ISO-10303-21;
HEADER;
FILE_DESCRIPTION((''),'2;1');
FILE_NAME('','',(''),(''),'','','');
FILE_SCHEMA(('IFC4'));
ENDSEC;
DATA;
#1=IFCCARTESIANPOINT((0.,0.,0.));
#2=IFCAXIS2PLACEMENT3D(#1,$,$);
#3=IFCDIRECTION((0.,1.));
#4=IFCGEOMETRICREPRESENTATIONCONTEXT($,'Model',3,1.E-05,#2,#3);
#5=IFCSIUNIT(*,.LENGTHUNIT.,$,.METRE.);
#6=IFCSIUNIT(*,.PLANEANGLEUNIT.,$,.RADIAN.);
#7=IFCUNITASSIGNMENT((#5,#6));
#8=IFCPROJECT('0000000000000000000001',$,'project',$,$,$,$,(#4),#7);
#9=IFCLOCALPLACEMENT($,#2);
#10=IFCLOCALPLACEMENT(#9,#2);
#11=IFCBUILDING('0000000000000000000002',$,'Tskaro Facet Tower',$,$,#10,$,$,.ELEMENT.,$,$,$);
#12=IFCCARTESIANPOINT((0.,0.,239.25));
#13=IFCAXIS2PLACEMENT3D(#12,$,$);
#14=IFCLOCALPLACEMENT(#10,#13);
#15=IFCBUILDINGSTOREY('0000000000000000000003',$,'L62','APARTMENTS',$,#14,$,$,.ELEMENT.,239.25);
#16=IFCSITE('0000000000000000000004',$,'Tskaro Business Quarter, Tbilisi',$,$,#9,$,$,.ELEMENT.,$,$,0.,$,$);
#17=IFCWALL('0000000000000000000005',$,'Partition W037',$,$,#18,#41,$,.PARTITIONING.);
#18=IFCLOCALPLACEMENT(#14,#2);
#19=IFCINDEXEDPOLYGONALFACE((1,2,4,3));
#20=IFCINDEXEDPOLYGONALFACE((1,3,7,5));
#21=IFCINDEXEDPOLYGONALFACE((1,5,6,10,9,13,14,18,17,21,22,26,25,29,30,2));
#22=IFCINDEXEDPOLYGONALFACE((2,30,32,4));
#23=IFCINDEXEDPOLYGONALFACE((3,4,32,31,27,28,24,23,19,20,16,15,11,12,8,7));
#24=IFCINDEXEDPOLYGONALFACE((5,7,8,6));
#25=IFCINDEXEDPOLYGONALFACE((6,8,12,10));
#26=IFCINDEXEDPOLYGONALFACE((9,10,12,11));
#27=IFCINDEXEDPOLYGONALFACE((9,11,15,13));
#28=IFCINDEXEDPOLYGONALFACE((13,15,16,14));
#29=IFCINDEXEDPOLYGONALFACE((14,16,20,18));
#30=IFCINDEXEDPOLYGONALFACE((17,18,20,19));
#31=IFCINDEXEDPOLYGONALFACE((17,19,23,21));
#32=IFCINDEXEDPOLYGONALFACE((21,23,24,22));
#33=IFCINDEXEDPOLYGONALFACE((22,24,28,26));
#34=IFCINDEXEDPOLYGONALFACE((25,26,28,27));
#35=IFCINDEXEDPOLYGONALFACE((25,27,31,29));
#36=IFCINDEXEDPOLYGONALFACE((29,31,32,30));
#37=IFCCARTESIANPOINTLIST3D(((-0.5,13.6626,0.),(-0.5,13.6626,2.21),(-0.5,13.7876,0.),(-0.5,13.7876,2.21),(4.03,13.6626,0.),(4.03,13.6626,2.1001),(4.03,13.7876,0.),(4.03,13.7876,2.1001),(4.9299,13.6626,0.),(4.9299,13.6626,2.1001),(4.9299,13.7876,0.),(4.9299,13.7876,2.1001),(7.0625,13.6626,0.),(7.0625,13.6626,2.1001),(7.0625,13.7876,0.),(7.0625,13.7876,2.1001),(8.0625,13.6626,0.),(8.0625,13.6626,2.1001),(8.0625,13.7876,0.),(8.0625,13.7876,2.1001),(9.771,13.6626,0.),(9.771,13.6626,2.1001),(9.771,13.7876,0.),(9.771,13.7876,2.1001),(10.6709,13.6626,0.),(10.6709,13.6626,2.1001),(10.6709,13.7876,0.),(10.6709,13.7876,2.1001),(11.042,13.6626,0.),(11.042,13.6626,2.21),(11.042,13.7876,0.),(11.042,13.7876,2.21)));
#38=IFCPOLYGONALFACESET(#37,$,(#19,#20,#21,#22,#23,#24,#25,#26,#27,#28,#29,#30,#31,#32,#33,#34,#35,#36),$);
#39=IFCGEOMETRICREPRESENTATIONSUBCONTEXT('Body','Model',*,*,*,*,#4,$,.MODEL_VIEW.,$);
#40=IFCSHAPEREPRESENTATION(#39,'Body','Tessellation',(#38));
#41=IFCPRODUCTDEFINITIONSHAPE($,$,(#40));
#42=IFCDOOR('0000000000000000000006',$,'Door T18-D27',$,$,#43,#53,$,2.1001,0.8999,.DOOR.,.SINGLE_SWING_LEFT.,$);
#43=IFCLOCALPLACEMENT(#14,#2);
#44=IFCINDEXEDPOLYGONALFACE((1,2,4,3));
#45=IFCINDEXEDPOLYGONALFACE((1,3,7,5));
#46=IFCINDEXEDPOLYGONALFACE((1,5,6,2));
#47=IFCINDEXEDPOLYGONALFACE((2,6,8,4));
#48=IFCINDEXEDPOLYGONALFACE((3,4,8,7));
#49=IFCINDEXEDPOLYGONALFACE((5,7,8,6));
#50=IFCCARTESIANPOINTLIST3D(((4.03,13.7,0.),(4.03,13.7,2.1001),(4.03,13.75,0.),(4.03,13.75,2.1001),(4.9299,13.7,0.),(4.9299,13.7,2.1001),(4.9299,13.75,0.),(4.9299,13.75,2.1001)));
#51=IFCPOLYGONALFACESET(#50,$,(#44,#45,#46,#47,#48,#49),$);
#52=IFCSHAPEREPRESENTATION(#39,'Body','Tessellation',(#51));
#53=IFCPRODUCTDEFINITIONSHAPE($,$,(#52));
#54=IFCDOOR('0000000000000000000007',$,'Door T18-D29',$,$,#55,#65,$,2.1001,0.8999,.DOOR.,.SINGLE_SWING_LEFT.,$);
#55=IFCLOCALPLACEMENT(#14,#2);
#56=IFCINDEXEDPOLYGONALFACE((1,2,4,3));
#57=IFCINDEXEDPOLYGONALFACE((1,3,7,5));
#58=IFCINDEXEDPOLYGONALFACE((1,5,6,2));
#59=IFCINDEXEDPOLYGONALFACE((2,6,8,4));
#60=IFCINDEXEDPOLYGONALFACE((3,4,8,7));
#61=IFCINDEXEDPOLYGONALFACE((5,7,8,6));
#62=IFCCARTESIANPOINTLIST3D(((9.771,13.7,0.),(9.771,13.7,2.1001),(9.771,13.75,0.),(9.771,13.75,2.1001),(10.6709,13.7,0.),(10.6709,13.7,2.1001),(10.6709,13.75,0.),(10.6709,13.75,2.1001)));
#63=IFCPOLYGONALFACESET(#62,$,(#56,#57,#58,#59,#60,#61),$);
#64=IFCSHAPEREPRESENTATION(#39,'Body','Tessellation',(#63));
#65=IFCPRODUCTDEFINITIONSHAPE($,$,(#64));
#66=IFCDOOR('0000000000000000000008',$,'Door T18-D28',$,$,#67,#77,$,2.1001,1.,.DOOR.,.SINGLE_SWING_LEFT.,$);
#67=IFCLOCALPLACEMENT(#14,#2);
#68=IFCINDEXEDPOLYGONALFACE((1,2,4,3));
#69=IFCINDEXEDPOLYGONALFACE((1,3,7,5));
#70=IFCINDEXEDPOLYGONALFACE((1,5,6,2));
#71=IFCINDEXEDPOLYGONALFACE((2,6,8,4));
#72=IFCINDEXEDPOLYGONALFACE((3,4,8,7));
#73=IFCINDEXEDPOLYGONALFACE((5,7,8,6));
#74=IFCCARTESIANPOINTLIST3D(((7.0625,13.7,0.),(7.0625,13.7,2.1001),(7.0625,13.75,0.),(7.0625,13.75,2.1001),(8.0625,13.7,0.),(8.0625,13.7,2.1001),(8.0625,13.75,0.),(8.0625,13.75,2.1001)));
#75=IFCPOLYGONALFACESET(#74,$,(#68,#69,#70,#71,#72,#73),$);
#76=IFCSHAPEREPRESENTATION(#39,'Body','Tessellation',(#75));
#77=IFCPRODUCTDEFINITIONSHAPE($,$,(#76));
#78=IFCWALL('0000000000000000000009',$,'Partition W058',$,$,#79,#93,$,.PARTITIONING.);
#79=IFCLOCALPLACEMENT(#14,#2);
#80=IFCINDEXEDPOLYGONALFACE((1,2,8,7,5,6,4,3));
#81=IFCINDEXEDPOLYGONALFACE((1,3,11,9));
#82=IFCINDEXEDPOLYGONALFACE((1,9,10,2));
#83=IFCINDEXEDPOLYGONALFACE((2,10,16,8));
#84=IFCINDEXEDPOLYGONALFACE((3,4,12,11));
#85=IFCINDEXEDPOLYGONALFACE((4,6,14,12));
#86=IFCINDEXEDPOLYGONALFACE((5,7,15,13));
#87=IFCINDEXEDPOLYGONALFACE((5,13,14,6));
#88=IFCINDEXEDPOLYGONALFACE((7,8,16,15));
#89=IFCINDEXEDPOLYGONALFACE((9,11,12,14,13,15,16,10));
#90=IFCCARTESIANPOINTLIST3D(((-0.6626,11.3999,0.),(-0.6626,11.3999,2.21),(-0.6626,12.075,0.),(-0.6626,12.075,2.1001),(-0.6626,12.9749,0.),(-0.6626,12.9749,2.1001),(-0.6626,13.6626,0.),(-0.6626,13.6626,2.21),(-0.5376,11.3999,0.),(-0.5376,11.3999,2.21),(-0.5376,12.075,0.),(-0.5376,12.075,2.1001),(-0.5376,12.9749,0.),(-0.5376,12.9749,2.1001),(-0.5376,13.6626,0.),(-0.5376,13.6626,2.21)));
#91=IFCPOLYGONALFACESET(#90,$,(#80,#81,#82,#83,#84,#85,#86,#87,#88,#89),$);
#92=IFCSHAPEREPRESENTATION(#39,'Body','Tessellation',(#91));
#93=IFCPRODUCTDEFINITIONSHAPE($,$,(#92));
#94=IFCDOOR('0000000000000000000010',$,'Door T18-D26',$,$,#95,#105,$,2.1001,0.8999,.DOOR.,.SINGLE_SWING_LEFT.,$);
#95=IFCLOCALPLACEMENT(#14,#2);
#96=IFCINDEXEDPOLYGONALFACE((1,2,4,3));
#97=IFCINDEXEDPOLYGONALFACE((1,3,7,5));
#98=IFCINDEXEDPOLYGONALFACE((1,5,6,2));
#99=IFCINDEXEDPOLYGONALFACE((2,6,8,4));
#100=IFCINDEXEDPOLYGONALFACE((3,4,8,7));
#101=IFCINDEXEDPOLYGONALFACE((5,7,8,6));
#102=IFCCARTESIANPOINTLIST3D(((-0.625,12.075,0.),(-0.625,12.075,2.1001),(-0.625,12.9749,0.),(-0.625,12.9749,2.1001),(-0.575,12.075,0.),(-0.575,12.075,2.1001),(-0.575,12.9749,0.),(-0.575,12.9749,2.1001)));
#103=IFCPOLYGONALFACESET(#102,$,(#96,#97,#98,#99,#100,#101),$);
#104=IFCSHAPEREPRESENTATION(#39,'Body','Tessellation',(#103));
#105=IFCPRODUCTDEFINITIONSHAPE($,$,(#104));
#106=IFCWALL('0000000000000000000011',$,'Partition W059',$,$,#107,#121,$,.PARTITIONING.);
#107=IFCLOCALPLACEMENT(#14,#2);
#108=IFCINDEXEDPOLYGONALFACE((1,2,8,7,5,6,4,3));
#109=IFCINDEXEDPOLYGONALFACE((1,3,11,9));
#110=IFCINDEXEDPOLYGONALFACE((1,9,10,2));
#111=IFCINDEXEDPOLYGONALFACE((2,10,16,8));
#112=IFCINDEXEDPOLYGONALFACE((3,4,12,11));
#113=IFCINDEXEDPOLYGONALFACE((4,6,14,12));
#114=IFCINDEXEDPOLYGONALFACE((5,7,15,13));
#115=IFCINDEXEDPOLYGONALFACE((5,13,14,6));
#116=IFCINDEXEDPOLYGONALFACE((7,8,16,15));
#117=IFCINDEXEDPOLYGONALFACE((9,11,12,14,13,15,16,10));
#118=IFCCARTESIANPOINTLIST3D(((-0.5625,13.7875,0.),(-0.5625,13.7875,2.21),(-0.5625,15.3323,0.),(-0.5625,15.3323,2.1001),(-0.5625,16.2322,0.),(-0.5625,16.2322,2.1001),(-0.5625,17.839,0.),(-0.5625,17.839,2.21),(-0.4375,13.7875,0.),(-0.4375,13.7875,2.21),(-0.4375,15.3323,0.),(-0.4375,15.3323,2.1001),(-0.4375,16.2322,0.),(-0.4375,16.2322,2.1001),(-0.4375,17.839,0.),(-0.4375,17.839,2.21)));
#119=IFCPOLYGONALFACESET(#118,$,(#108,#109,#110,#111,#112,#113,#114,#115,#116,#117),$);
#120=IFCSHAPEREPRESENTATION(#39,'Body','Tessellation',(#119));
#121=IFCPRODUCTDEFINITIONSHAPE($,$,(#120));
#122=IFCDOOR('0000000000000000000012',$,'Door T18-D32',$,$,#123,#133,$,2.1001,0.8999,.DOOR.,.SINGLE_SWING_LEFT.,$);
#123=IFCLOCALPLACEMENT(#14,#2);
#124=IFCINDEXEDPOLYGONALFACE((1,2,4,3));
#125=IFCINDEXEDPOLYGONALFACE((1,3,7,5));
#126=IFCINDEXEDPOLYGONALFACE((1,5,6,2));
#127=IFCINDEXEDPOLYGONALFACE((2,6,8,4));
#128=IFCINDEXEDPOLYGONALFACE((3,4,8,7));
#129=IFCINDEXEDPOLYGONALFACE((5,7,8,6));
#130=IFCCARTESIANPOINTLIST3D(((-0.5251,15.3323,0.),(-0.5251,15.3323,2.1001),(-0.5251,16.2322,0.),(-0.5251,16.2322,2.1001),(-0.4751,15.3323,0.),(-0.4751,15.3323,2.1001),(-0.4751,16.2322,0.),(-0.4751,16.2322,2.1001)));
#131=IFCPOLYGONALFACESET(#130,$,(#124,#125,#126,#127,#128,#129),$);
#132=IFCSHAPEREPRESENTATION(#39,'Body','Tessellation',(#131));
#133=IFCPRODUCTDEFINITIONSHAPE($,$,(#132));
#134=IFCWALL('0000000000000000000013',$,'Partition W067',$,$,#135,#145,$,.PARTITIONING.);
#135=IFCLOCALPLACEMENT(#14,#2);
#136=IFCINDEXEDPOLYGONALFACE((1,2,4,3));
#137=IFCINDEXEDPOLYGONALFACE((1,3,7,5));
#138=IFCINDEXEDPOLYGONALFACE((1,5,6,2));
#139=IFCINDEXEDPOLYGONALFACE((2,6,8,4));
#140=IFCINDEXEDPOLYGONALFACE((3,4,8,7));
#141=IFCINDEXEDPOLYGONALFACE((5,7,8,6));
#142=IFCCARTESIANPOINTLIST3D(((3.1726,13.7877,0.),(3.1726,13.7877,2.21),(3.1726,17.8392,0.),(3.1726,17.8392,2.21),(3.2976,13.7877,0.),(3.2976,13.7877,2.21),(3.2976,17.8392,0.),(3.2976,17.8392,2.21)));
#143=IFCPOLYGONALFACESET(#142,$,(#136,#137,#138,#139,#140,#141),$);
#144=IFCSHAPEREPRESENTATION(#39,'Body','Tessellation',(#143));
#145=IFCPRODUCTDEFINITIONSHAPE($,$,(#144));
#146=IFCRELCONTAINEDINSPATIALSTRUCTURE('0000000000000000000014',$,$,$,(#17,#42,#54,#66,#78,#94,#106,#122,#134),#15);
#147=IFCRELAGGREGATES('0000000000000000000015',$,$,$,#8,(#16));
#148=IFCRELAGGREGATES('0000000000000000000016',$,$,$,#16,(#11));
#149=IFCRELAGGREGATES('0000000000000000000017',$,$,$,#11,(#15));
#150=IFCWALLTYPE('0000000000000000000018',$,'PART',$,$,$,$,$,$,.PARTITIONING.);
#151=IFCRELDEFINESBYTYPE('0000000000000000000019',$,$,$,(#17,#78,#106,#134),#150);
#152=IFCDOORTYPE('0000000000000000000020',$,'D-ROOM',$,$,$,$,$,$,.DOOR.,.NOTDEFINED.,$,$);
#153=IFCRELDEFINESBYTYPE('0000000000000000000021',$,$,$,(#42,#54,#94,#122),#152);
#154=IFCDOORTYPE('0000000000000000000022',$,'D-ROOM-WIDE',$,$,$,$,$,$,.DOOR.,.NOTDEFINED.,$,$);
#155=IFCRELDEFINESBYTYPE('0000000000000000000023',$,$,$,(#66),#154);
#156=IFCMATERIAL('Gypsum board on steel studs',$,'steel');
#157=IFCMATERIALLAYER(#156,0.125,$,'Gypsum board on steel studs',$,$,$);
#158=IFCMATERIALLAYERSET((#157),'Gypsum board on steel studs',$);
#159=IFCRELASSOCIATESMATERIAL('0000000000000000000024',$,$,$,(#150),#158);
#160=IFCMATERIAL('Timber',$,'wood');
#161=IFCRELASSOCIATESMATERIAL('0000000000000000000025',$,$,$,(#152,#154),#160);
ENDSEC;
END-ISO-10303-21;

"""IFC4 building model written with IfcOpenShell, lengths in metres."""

from ifc_helpers import new_model, si_unit, direction, frame, frame_2d, origin, place, context, subcontext, project, spatial, rectangle, extrude, material, layer, layer_set, type_object, element, fill, save


model = new_model("IFC4")

# Units and contexts
model_context = context("Model", 3, precision=1e-05, world=origin(), true_north=direction((0.0, 1.0)))
body_context = subcontext(model_context, "Body", "Model", "MODEL_VIEW")
ifc_project = project(units=[si_unit("LENGTHUNIT", "METRE"), si_unit("PLANEANGLEUNIT", "RADIAN")], contexts=[model_context])

# Site, building, storey
site_placement = place(None, origin())
site = spatial("IfcSite", under=ifc_project, at=site_placement, Name="Tskaro Business Quarter, Tbilisi", CompositionType="ELEMENT", RefElevation=0.0)
building_placement = place(site_placement, origin())
building = spatial("IfcBuilding", under=site, at=building_placement, Name="Tskaro Facet Tower", CompositionType="ELEMENT")
storey_placement = place(building_placement, frame((0.0, 0.0, 239.25)))
storey = spatial("IfcBuildingStorey", under=building, at=storey_placement, Name="L62", Description="APARTMENTS", CompositionType="ELEMENT", Elevation=239.25)

# Shared definitions
ifc_material_1 = material(Name="Gypsum board on steel studs", Category="steel")
ifc_layer_1 = layer(ifc_material_1, 0.125, Name="Gypsum board on steel studs")
ifc_layer_set_1 = layer_set([ifc_layer_1], Name="Gypsum board on steel studs")
wall_type_1 = type_object("IfcWallType", Name="PART", PredefinedType="PARTITIONING", material=ifc_layer_set_1)

# Wall, openings, doors
wall_1_placement = place(storey_placement, frame((-0.5, 13.7251, 0.0), z_axis=(0.0, 0.0, 1.0), x_axis=(1.0, 0.0, 0.0)))
wall_1 = element("IfcWall", 1, at=wall_1_placement, inside=storey, type_object=wall_type_1, Name="Partition W037", PredefinedType="PARTITIONING", context=body_context, shape_type="SweptSolid", body=[
    extrude(rectangle(XDim=11.542, YDim=0.125, at=frame_2d((5.771, 0.0))), origin(), (0.0, 0.0, 1.0), 2.21),
])
opening_1_placement = place(wall_1_placement, frame((4.53, 0.0, 0.0)))
opening_1 = element("IfcOpeningElement", 2, at=opening_1_placement, cuts=wall_1, PredefinedType="OPENING", context=body_context, shape_type="SweptSolid", body=[
    extrude(rectangle(XDim=0.8999, YDim=2.1001, at=frame_2d((0.45, 1.05))), frame((0.0, 0.0725, 0.0), z_axis=(0.0, -1.0, 0.0), x_axis=(1.0, 0.0, 0.0)), (0.0, 0.0, 1.0), 0.145),
])
opening_2_placement = place(wall_1_placement, frame((7.5625, 0.0, 0.0)))
opening_2 = element("IfcOpeningElement", 3, at=opening_2_placement, cuts=wall_1, PredefinedType="OPENING", context=body_context, shape_type="SweptSolid", body=[
    extrude(rectangle(XDim=1.0, YDim=2.1001, at=frame_2d((0.5, 1.05))), frame((0.0, 0.0725, 0.0), z_axis=(0.0, -1.0, 0.0), x_axis=(1.0, 0.0, 0.0)), (0.0, 0.0, 1.0), 0.145),
])
opening_3_placement = place(wall_1_placement, frame((10.271, 0.0, 0.0)))
opening_3 = element("IfcOpeningElement", 4, at=opening_3_placement, cuts=wall_1, PredefinedType="OPENING", context=body_context, shape_type="SweptSolid", body=[
    extrude(rectangle(XDim=0.8999, YDim=2.1001, at=frame_2d((0.45, 1.05))), frame((0.0, 0.0725, 0.0), z_axis=(0.0, -1.0, 0.0), x_axis=(1.0, 0.0, 0.0)), (0.0, 0.0, 1.0), 0.145),
])
ifc_material_2 = material(Name="Timber", Category="wood")
door_type_1 = type_object("IfcDoorType", Name="D-ROOM", OperationType="NOTDEFINED", PredefinedType="DOOR", material=ifc_material_2)
door_1_placement = place(opening_1_placement, origin())
door_1 = element("IfcDoor", 5, at=door_1_placement, inside=storey, type_object=door_type_1, Name="Door T18-D27", OperationType="SINGLE_SWING_LEFT", OverallHeight=2.1001, OverallWidth=0.8999, PredefinedType="DOOR", context=body_context, shape_type="SweptSolid", body=[
    extrude(rectangle(XDim=0.8999, YDim=2.1001, at=frame_2d((0.45, 1.05))), frame((0.0, 0.0249, 0.0), z_axis=(0.0, -1.0, 0.0), x_axis=(1.0, 0.0, 0.0)), (0.0, 0.0, 1.0), 0.05),
])
fill(opening_1, door_1)
door_2_placement = place(opening_3_placement, origin())
door_2 = element("IfcDoor", 6, at=door_2_placement, inside=storey, type_object=door_type_1, Name="Door T18-D29", OperationType="SINGLE_SWING_LEFT", OverallHeight=2.1001, OverallWidth=0.8999, PredefinedType="DOOR", context=body_context, shape_type="SweptSolid", body=[
    extrude(rectangle(XDim=0.8999, YDim=2.1001, at=frame_2d((0.45, 1.05))), frame((0.0, 0.0249, 0.0), z_axis=(0.0, -1.0, 0.0), x_axis=(1.0, 0.0, 0.0)), (0.0, 0.0, 1.0), 0.05),
])
fill(opening_3, door_2)
door_type_2 = type_object("IfcDoorType", Name="D-ROOM-WIDE", OperationType="NOTDEFINED", PredefinedType="DOOR", material=ifc_material_2)
door_3_placement = place(opening_2_placement, origin())
door_3 = element("IfcDoor", 7, at=door_3_placement, inside=storey, type_object=door_type_2, Name="Door T18-D28", OperationType="SINGLE_SWING_LEFT", OverallHeight=2.1001, OverallWidth=1.0, PredefinedType="DOOR", context=body_context, shape_type="SweptSolid", body=[
    extrude(rectangle(XDim=1.0, YDim=2.1001, at=frame_2d((0.5, 1.05))), frame((0.0, 0.0249, 0.0), z_axis=(0.0, -1.0, 0.0), x_axis=(1.0, 0.0, 0.0)), (0.0, 0.0, 1.0), 0.05),
])
fill(opening_2, door_3)

# Walls, openings, doors
wall_2_placement = place(storey_placement, frame((-0.6001, 11.3999, 0.0), z_axis=(0.0, 0.0, 1.0), x_axis=(0.0, 1.0, 0.0)))
wall_2 = element("IfcWall", 8, at=wall_2_placement, inside=storey, type_object=wall_type_1, Name="Partition W058", PredefinedType="PARTITIONING", context=body_context, shape_type="SweptSolid", body=[
    extrude(rectangle(XDim=2.2627, YDim=0.125, at=frame_2d((1.1313, 0.0))), origin(), (0.0, 0.0, 1.0), 2.21),
])
opening_4_placement = place(wall_2_placement, frame((0.675, 0.0, 0.0)))
opening_4 = element("IfcOpeningElement", 9, at=opening_4_placement, cuts=wall_2, PredefinedType="OPENING", context=body_context, shape_type="SweptSolid", body=[
    extrude(rectangle(XDim=0.8999, YDim=2.1001, at=frame_2d((0.45, 1.05))), frame((0.0, 0.0725, 0.0), z_axis=(0.0, -1.0, 0.0), x_axis=(1.0, 0.0, 0.0)), (0.0, 0.0, 1.0), 0.145),
])
door_4_placement = place(opening_4_placement, origin())
door_4 = element("IfcDoor", 10, at=door_4_placement, inside=storey, type_object=door_type_1, Name="Door T18-D26", OperationType="SINGLE_SWING_LEFT", OverallHeight=2.1001, OverallWidth=0.8999, PredefinedType="DOOR", context=body_context, shape_type="SweptSolid", body=[
    extrude(rectangle(XDim=0.8999, YDim=2.1001, at=frame_2d((0.45, 1.05))), frame((0.0, 0.0249, 0.0), z_axis=(0.0, -1.0, 0.0), x_axis=(1.0, 0.0, 0.0)), (0.0, 0.0, 1.0), 0.05),
])
fill(opening_4, door_4)
wall_3_placement = place(storey_placement, frame((-0.5, 17.8391, 0.0), z_axis=(0.0, 0.0, 1.0), x_axis=(0.0, -1.0, 0.0)))
wall_3 = element("IfcWall", 11, at=wall_3_placement, inside=storey, type_object=wall_type_1, Name="Partition W059", PredefinedType="PARTITIONING", context=body_context, shape_type="SweptSolid", body=[
    extrude(rectangle(XDim=4.0515, YDim=0.125, at=frame_2d((2.0259, 0.0))), origin(), (0.0, 0.0, 1.0), 2.21),
])
opening_5_placement = place(wall_3_placement, frame((1.6069, 0.0, 0.0)))
opening_5 = element("IfcOpeningElement", 12, at=opening_5_placement, cuts=wall_3, PredefinedType="OPENING", context=body_context, shape_type="SweptSolid", body=[
    extrude(rectangle(XDim=0.8999, YDim=2.1001, at=frame_2d((0.45, 1.05))), frame((0.0, 0.0725, 0.0), z_axis=(0.0, -1.0, 0.0), x_axis=(1.0, 0.0, 0.0)), (0.0, 0.0, 1.0), 0.145),
])
door_5_placement = place(opening_5_placement, origin())
door_5 = element("IfcDoor", 13, at=door_5_placement, inside=storey, type_object=door_type_1, Name="Door T18-D32", OperationType="SINGLE_SWING_LEFT", OverallHeight=2.1001, OverallWidth=0.8999, PredefinedType="DOOR", context=body_context, shape_type="SweptSolid", body=[
    extrude(rectangle(XDim=0.8999, YDim=2.1001, at=frame_2d((0.45, 1.05))), frame((0.0, 0.0249, 0.0), z_axis=(0.0, -1.0, 0.0), x_axis=(1.0, 0.0, 0.0)), (0.0, 0.0, 1.0), 0.05),
])
fill(opening_5, door_5)

# Wall
wall_4_placement = place(storey_placement, frame((3.2351, 13.7876, 0.0), z_axis=(0.0, 0.0, 1.0), x_axis=(0.0, 1.0, 0.0)))
element("IfcWall", 14, at=wall_4_placement, inside=storey, type_object=wall_type_1, Name="Partition W067", PredefinedType="PARTITIONING", context=body_context, shape_type="SweptSolid", body=[
    extrude(rectangle(XDim=4.0515, YDim=0.125, at=frame_2d((2.0259, 0.0))), origin(), (0.0, 0.0, 1.0), 2.21),
])

save(model, "model.ifc")
